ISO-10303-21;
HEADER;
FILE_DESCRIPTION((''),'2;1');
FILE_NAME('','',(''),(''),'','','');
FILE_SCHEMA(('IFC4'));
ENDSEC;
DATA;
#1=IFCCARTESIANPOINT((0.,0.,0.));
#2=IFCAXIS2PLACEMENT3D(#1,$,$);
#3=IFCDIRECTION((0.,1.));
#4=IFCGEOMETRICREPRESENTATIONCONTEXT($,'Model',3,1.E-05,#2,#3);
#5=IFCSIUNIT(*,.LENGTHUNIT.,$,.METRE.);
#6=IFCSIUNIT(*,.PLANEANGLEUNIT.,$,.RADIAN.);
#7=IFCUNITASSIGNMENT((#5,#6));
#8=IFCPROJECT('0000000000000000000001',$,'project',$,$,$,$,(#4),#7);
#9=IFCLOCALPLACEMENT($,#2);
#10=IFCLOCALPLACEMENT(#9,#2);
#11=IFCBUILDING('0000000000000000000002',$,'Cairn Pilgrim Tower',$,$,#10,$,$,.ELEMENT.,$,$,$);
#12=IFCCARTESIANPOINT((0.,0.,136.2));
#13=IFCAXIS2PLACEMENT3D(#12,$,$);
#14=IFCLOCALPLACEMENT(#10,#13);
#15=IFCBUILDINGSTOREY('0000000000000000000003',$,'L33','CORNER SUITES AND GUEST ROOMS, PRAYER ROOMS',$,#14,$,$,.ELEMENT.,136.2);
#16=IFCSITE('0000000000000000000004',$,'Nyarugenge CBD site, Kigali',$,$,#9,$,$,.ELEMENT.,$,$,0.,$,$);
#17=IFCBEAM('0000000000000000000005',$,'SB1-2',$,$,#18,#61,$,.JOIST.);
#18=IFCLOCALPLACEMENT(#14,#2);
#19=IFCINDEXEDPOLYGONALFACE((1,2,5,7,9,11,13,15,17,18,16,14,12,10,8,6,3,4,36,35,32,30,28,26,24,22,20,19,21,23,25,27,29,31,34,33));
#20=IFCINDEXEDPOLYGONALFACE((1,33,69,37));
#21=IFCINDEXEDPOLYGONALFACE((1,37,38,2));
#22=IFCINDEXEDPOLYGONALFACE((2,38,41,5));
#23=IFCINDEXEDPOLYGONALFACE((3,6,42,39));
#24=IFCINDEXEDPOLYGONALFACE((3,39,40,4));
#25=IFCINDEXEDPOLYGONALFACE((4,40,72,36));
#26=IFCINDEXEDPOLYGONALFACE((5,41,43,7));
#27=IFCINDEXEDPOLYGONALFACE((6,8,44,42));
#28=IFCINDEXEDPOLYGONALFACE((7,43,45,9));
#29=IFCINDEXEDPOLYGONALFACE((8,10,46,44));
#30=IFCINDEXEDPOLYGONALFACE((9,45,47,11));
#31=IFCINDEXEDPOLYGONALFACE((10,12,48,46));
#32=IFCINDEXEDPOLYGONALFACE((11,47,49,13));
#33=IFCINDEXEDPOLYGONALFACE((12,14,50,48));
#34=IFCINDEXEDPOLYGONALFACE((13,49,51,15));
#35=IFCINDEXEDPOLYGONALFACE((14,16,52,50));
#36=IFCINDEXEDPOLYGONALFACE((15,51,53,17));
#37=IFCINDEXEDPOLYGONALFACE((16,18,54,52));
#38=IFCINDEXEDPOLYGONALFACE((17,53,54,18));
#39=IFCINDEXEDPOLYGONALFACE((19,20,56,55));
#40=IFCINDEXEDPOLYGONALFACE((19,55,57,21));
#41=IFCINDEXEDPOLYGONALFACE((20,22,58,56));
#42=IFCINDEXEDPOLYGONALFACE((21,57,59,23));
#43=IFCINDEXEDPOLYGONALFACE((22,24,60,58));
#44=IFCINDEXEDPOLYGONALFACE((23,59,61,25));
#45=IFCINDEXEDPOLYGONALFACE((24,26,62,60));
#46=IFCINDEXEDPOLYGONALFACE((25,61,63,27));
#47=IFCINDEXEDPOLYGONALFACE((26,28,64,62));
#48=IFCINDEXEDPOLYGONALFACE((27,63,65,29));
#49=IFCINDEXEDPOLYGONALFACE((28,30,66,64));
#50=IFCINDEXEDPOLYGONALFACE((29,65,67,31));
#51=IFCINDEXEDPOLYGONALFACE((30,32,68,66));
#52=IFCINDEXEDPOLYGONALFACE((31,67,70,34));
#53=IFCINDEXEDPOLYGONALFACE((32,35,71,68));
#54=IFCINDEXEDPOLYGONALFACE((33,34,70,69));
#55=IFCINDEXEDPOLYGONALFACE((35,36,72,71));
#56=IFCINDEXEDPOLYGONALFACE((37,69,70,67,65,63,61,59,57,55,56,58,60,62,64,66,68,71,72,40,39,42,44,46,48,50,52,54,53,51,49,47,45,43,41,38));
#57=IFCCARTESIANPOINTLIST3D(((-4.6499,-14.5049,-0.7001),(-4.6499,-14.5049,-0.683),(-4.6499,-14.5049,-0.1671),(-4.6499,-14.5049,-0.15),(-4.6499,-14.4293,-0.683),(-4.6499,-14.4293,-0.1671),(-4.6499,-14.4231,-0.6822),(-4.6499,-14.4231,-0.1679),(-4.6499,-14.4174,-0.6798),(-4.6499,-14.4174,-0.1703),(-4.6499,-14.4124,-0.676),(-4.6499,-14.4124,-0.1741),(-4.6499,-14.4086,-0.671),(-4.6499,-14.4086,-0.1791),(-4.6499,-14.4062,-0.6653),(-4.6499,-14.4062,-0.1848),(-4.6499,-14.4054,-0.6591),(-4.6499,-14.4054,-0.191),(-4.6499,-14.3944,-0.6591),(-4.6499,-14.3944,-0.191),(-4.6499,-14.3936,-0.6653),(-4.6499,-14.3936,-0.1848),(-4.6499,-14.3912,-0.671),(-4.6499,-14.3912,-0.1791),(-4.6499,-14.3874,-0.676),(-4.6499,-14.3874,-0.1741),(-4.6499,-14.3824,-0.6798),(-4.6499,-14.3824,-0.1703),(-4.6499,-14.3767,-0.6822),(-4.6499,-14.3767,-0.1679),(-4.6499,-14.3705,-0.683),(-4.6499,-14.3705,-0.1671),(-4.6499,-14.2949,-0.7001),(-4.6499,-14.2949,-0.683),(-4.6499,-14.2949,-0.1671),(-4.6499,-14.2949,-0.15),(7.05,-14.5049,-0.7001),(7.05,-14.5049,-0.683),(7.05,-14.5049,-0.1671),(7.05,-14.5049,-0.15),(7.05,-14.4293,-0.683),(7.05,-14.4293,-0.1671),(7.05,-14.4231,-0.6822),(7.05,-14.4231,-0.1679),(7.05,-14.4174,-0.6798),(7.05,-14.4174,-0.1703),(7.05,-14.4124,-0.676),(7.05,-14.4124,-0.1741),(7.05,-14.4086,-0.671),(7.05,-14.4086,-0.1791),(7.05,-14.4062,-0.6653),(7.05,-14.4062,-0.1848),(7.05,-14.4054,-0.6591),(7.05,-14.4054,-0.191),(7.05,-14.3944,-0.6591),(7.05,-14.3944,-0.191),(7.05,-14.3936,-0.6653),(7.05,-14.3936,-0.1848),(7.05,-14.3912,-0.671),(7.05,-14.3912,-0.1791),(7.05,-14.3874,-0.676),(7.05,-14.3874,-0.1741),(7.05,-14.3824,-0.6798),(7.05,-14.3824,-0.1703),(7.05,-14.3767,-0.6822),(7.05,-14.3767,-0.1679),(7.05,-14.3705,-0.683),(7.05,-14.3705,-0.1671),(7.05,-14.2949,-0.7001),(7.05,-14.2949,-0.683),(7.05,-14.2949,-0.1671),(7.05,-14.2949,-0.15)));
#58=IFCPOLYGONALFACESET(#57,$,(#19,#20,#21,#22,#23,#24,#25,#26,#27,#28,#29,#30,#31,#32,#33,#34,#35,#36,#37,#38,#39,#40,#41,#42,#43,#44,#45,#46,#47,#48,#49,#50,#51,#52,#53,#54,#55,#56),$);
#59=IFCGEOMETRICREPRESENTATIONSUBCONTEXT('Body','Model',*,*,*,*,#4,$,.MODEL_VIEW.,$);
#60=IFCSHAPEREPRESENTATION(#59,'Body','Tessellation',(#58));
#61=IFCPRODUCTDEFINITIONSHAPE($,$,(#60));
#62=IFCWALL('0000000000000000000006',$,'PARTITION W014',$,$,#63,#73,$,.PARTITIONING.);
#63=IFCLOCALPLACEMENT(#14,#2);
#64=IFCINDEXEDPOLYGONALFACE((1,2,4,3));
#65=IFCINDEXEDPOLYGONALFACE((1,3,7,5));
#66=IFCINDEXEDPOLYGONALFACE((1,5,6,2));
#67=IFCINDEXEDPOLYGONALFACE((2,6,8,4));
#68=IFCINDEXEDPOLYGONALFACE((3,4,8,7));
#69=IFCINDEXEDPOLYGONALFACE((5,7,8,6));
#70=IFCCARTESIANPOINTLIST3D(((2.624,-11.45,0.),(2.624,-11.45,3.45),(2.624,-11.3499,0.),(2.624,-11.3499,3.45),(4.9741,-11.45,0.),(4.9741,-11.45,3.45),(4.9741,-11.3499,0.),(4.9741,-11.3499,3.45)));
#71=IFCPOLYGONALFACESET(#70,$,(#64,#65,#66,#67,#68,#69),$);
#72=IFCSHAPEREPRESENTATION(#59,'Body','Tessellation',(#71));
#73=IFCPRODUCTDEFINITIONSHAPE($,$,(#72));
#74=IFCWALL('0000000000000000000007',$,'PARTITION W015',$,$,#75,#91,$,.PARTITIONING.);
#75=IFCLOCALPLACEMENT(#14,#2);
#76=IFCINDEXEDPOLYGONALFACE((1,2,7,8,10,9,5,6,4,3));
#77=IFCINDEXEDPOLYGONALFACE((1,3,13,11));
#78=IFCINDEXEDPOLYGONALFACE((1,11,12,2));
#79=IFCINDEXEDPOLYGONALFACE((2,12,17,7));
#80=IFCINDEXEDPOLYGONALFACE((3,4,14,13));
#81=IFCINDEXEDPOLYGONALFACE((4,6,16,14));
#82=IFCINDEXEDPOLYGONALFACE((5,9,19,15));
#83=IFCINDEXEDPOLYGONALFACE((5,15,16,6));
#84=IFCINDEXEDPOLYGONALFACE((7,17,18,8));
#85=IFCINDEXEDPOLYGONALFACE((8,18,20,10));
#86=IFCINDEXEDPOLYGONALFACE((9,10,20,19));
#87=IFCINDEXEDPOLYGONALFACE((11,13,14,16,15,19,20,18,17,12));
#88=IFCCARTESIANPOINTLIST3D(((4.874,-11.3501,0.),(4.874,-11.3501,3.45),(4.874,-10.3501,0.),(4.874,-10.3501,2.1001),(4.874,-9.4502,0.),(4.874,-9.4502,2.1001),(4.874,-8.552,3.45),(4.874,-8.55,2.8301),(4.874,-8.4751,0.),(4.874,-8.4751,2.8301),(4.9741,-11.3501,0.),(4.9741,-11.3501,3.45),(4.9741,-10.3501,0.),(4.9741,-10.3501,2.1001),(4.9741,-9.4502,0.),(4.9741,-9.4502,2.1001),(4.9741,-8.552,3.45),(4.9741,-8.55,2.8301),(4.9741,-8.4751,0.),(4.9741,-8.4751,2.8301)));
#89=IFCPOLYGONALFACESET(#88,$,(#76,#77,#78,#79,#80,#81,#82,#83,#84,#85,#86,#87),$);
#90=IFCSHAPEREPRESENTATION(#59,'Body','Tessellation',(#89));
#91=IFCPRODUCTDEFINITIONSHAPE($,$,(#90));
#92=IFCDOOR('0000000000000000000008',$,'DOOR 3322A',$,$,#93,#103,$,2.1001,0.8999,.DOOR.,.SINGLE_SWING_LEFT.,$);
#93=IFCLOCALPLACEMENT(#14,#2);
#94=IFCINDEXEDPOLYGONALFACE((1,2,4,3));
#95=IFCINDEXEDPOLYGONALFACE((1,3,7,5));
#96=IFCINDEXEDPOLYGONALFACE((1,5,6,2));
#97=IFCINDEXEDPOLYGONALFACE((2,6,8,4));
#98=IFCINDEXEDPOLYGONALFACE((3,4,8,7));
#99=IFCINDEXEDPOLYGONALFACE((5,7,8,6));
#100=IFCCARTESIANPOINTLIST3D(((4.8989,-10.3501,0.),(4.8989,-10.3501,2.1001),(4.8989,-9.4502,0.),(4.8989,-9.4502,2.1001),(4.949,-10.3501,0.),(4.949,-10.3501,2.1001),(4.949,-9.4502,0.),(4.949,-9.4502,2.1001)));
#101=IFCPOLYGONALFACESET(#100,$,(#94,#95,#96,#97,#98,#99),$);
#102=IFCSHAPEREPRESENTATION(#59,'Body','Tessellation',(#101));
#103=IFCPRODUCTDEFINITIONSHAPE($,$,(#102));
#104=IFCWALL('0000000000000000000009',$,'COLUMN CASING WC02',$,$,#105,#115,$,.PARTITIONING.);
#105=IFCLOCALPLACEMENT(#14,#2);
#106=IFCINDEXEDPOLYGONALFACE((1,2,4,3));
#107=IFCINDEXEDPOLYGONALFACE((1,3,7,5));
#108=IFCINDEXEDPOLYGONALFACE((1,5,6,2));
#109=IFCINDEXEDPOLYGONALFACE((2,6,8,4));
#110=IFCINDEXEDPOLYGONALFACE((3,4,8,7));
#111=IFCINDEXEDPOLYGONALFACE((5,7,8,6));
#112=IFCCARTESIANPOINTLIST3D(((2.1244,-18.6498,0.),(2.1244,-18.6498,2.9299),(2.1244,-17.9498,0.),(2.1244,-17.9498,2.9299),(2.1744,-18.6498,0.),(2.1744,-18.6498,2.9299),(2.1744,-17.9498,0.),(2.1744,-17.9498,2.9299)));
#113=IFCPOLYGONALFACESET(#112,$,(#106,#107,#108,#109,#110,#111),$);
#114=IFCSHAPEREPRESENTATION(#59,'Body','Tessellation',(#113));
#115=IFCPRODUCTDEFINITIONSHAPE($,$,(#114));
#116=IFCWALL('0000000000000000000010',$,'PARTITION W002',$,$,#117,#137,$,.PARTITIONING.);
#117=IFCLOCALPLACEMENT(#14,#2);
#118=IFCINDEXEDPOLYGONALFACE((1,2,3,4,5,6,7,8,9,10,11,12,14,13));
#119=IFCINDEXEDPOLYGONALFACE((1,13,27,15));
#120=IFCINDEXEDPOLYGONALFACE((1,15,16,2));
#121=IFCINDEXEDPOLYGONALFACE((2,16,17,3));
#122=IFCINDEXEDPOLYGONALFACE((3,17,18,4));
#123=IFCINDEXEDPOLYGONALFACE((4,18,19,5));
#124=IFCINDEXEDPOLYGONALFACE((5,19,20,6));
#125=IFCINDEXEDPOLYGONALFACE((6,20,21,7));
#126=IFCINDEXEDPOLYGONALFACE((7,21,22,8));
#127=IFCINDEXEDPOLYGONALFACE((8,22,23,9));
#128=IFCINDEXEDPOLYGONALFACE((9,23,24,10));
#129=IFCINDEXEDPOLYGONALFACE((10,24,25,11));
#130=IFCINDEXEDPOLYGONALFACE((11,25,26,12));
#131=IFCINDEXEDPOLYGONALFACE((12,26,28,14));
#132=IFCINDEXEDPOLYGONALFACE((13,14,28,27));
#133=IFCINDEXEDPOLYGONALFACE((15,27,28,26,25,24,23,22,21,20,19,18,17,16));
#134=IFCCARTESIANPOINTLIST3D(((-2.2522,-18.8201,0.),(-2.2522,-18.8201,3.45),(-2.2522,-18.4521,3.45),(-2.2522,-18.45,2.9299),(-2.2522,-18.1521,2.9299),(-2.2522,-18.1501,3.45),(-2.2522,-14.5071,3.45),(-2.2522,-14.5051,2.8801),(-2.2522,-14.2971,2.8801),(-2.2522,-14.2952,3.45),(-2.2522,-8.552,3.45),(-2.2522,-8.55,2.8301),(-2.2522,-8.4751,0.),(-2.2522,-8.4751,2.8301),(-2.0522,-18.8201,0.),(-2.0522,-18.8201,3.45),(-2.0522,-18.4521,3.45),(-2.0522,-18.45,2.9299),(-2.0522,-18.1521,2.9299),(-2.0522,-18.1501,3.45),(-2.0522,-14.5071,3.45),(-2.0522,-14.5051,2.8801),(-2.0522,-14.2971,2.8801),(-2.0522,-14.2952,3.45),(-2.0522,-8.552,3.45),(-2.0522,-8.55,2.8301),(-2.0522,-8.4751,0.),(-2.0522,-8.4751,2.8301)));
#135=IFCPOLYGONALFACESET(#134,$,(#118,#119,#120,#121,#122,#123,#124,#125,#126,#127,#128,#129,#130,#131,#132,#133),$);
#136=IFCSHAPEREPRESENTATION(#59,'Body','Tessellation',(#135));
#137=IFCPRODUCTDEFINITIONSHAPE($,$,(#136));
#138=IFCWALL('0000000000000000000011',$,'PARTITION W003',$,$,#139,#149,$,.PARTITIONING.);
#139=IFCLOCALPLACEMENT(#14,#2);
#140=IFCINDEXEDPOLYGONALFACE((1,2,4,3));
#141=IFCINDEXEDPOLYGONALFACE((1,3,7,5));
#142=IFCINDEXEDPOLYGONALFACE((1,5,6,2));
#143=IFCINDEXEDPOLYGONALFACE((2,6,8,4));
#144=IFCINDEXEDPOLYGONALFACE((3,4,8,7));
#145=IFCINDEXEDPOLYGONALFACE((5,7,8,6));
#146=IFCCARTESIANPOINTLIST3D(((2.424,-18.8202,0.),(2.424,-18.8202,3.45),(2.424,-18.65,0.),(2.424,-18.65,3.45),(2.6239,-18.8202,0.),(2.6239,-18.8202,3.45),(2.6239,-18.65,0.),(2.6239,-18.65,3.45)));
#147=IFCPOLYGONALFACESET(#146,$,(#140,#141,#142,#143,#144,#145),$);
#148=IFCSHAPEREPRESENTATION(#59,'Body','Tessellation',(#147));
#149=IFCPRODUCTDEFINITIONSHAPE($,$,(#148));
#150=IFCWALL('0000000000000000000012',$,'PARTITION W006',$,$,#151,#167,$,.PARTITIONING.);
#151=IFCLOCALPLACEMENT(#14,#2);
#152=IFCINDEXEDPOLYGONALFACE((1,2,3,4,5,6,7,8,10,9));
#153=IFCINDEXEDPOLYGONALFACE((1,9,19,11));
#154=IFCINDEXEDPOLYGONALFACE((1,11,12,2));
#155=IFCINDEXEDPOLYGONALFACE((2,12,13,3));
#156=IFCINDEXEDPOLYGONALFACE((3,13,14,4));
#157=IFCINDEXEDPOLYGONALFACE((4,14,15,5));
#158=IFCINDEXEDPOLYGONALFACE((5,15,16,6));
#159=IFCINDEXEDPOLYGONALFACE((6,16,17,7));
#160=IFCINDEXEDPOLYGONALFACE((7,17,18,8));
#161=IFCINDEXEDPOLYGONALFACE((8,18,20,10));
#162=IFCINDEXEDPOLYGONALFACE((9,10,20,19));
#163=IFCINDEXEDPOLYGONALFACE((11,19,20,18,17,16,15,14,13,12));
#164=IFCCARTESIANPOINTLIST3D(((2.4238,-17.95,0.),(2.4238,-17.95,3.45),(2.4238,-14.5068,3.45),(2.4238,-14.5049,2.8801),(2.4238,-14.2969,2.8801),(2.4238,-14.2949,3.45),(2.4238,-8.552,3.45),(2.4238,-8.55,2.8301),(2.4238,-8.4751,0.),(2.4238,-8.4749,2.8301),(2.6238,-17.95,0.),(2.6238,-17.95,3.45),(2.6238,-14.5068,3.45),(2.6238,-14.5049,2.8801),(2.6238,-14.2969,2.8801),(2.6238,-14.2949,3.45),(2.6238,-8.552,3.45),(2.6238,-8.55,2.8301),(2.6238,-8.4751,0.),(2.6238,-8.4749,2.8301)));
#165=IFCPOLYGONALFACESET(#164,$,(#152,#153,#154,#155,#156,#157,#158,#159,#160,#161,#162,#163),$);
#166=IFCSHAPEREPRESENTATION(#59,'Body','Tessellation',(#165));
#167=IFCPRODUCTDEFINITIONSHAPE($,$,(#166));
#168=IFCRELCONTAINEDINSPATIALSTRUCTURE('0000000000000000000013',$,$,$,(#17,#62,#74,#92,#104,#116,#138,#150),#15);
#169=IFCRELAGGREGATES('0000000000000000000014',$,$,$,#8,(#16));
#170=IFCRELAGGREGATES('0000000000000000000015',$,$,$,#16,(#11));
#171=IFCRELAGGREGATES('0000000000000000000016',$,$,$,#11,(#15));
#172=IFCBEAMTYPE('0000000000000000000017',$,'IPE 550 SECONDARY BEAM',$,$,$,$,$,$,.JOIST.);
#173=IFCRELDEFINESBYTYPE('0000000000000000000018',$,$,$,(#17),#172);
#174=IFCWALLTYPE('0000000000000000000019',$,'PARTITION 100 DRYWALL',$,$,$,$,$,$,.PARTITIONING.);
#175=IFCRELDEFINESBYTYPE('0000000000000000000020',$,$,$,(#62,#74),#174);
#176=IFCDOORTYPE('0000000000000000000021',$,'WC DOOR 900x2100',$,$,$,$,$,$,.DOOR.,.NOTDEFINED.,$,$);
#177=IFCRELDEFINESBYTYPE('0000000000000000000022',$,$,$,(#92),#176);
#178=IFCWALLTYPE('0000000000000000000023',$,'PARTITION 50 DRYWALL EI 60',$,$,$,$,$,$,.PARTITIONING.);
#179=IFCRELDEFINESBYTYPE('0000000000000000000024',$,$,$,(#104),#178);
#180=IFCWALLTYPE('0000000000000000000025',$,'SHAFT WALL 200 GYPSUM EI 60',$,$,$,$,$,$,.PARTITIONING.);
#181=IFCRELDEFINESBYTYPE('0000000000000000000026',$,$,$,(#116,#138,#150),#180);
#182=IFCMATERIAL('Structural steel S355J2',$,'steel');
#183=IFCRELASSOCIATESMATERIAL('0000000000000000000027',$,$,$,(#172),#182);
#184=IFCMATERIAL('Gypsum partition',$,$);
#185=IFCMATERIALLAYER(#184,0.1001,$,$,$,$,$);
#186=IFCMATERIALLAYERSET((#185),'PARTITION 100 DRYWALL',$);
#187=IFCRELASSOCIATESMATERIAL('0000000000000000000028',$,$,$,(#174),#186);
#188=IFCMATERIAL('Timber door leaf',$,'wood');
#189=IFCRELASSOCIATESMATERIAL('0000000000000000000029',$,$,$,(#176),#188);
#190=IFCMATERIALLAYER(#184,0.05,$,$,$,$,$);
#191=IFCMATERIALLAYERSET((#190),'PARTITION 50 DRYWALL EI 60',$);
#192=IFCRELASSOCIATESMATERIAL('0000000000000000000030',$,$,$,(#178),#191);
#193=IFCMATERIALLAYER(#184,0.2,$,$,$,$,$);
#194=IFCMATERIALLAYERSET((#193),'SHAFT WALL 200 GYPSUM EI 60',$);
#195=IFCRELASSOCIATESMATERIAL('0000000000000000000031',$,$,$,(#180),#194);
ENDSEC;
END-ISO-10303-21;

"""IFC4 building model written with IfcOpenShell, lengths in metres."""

from ifc_helpers import new_model, si_unit, direction, frame, frame_2d, origin, origin_2d, place, context, subcontext, project, spatial, polyline, rectangle, i_section, outline, extrude, material, layer, layer_set, material_profile, profile_set, type_object, element, fill, save


model = new_model("IFC4")

# Units and contexts
model_context = context("Model", 3, precision=1e-05, world=origin(), true_north=direction((0.0, 1.0)))
body_context = subcontext(model_context, "Body", "Model", "MODEL_VIEW")
ifc_project = project(units=[si_unit("LENGTHUNIT", "METRE"), si_unit("PLANEANGLEUNIT", "RADIAN")], contexts=[model_context])

# Site, building, storey
site_placement = place(None, origin())
site = spatial("IfcSite", under=ifc_project, at=site_placement, Name="Nyarugenge CBD site, Kigali", CompositionType="ELEMENT", RefElevation=0.0)
building_placement = place(site_placement, origin())
building = spatial("IfcBuilding", under=site, at=building_placement, Name="Cairn Pilgrim Tower", CompositionType="ELEMENT")
storey_placement = place(building_placement, frame((0.0, 0.0, 136.2)))
storey = spatial("IfcBuildingStorey", under=building, at=storey_placement, Name="L33", Description="CORNER SUITES AND GUEST ROOMS, PRAYER ROOMS", CompositionType="ELEMENT", Elevation=136.2)

# Beam
ifc_material_1 = material(Name="Structural steel S355J2", Category="steel")
ifc_material_profile_1 = material_profile(ifc_material_1, i_section(OverallWidth=0.21, OverallDepth=0.55, WebThickness=0.011, FlangeThickness=0.0171, FilletRadius=0.0239, at=origin_2d()), Name="IPE 550")
ifc_profile_set_1 = profile_set([ifc_material_profile_1], Name="Structural steel S355J2")
beam_type_1 = type_object("IfcBeamType", Name="IPE 550 SECONDARY BEAM", PredefinedType="JOIST", material=ifc_profile_set_1)
beam_1_placement = place(storey_placement, frame((-4.6499, -14.3999, -0.425), z_axis=(1.0, 0.0, 0.0), x_axis=(0.0, 1.0, 0.0)))
element("IfcBeam", 1, at=beam_1_placement, inside=storey, type_object=beam_type_1, Name="SB1-2", PredefinedType="JOIST", context=body_context, shape_type="SweptSolid", body=[
    extrude(i_section(OverallWidth=0.21, OverallDepth=0.55, WebThickness=0.011, FlangeThickness=0.0171, FilletRadius=0.0239, at=origin_2d()), origin(), (0.0, 0.0, 1.0), 11.7),
])

# Wall
ifc_material_2 = material(Name="Gypsum partition")
ifc_layer_1 = layer(ifc_material_2, 0.1001)
ifc_layer_set_1 = layer_set([ifc_layer_1], Name="PARTITION 100 DRYWALL")
wall_type_1 = type_object("IfcWallType", Name="PARTITION 100 DRYWALL", PredefinedType="PARTITIONING", material=ifc_layer_set_1)
wall_1_placement = place(storey_placement, frame((2.624, -11.3999, 0.0), z_axis=(0.0, 0.0, 1.0), x_axis=(1.0, 0.0, 0.0)))
element("IfcWall", 2, at=wall_1_placement, inside=storey, type_object=wall_type_1, Name="PARTITION W014", PredefinedType="PARTITIONING", context=body_context, shape_type="SweptSolid", body=[
    extrude(rectangle(XDim=2.3501, YDim=0.1001, at=frame_2d((1.175, 0.0))), origin(), (0.0, 0.0, 1.0), 3.45),
])

# Wall, opening, door
wall_2_placement = place(storey_placement, frame((4.9241, -11.3501, 0.0), z_axis=(0.0, 0.0, 1.0), x_axis=(0.0, 1.0, 0.0)))
wall_2 = element("IfcWall", 3, at=wall_2_placement, inside=storey, type_object=wall_type_1, Name="PARTITION W015", PredefinedType="PARTITIONING", context=body_context, shape_type="SweptSolid", body=[
    extrude(outline(polyline([(0.0, 0.0), (2.875, 0.0), (2.875, 2.8301), (2.8, 2.8301), (2.7981, 3.45), (0.0, 3.45), (0.0, 0.0)])), frame((0.0, 0.05, 0.0), z_axis=(0.0, -1.0, 0.0), x_axis=(1.0, 0.0, 0.0)), (0.0, 0.0, 1.0), 0.1001),
])
opening_1_placement = place(wall_2_placement, frame((1.0, 0.0, 0.0)))
opening_1 = element("IfcOpeningElement", 4, at=opening_1_placement, cuts=wall_2, PredefinedType="OPENING", context=body_context, shape_type="SweptSolid", body=[
    extrude(rectangle(XDim=0.8999, YDim=2.1001, at=frame_2d((0.45, 1.05))), frame((0.0, 0.0601, 0.0), z_axis=(0.0, -1.0, 0.0), x_axis=(1.0, 0.0, 0.0)), (0.0, 0.0, 1.0), 0.1201),
])
ifc_material_3 = material(Name="Timber door leaf", Category="wood")
door_type_1 = type_object("IfcDoorType", Name="WC DOOR 900x2100", OperationType="NOTDEFINED", PredefinedType="DOOR", material=ifc_material_3)
door_1_placement = place(opening_1_placement, frame((0.8999, 0.0, 0.0), z_axis=(0.0, 0.0, 1.0), x_axis=(-1.0, 0.0, 0.0)))
door_1 = element("IfcDoor", 5, at=door_1_placement, inside=storey, type_object=door_type_1, Name="DOOR 3322A", OperationType="SINGLE_SWING_LEFT", OverallHeight=2.1001, OverallWidth=0.8999, PredefinedType="DOOR", context=body_context, shape_type="SweptSolid", body=[
    extrude(rectangle(XDim=0.8999, YDim=2.1001, at=frame_2d((0.45, 1.05))), frame((0.0, 0.0249, 0.0), z_axis=(0.0, -1.0, 0.0), x_axis=(1.0, 0.0, 0.0)), (0.0, 0.0, 1.0), 0.05),
])
fill(opening_1, door_1)

# Walls
ifc_layer_2 = layer(ifc_material_2, 0.05)
ifc_layer_set_2 = layer_set([ifc_layer_2], Name="PARTITION 50 DRYWALL EI 60")
wall_type_2 = type_object("IfcWallType", Name="PARTITION 50 DRYWALL EI 60", PredefinedType="PARTITIONING", material=ifc_layer_set_2)
wall_3_placement = place(storey_placement, frame((2.1494, -18.6499, 0.0), z_axis=(0.0, 0.0, 1.0), x_axis=(0.0, 1.0, 0.0)))
element("IfcWall", 6, at=wall_3_placement, inside=storey, type_object=wall_type_2, Name="COLUMN CASING WC02", PredefinedType="PARTITIONING", context=body_context, shape_type="SweptSolid", body=[
    extrude(rectangle(XDim=0.7, YDim=0.05, at=frame_2d((0.3501, 0.0))), origin(), (0.0, 0.0, 1.0), 2.9299),
])
ifc_layer_3 = layer(ifc_material_2, 0.2)
ifc_layer_set_3 = layer_set([ifc_layer_3], Name="SHAFT WALL 200 GYPSUM EI 60")
wall_type_3 = type_object("IfcWallType", Name="SHAFT WALL 200 GYPSUM EI 60", PredefinedType="PARTITIONING", material=ifc_layer_set_3)
wall_4_placement = place(storey_placement, frame((-2.1521, -18.8201, 0.0), z_axis=(0.0, 0.0, 1.0), x_axis=(0.0, 1.0, 0.0)))
element("IfcWall", 7, at=wall_4_placement, inside=storey, type_object=wall_type_3, Name="PARTITION W002", PredefinedType="PARTITIONING", context=body_context, shape_type="SweptSolid", body=[
    extrude(outline(polyline([(0.0, 0.0), (10.345, 0.0), (10.345, 2.8301), (10.27, 2.8301), (10.2681, 3.45), (4.5249, 3.45), (4.5229, 2.8801), (4.3149, 2.8801), (4.313, 3.45), (0.6699, 3.45), (0.668, 2.9299), (0.3701, 2.9299), (0.3679, 3.45), (0.0, 3.45), (0.0, 0.0)])), frame((0.0, 0.1001, 0.0), z_axis=(0.0, -1.0, 0.0), x_axis=(1.0, 0.0, 0.0)), (0.0, 0.0, 1.0), 0.2),
])
wall_5_placement = place(storey_placement, frame((2.5239, -18.8201, 0.0), z_axis=(0.0, 0.0, 1.0), x_axis=(0.0, 1.0, 0.0)))
element("IfcWall", 8, at=wall_5_placement, inside=storey, type_object=wall_type_3, Name="PARTITION W003", PredefinedType="PARTITIONING", context=body_context, shape_type="SweptSolid", body=[
    extrude(rectangle(XDim=0.1702, YDim=0.2, at=frame_2d((0.085, 0.0))), origin(), (0.0, 0.0, 1.0), 3.45),
])
wall_6_placement = place(storey_placement, frame((2.5239, -17.95, 0.0), z_axis=(0.0, 0.0, 1.0), x_axis=(0.0, 1.0, 0.0)))
element("IfcWall", 9, at=wall_6_placement, inside=storey, type_object=wall_type_3, Name="PARTITION W006", PredefinedType="PARTITIONING", context=body_context, shape_type="SweptSolid", body=[
    extrude(outline(polyline([(0.0, 0.0), (9.4749, 0.0), (9.4751, 2.8301), (9.3999, 2.8301), (9.3979, 3.45), (3.655, 3.45), (3.6531, 2.8801), (3.4451, 2.8801), (3.4431, 3.45), (0.0, 3.45), (0.0, 0.0)])), frame((0.0, 0.1001, 0.0), z_axis=(0.0, -1.0, 0.0), x_axis=(1.0, 0.0, 0.0)), (0.0, 0.0, 1.0), 0.2),
])

save(model, "model.ifc")
